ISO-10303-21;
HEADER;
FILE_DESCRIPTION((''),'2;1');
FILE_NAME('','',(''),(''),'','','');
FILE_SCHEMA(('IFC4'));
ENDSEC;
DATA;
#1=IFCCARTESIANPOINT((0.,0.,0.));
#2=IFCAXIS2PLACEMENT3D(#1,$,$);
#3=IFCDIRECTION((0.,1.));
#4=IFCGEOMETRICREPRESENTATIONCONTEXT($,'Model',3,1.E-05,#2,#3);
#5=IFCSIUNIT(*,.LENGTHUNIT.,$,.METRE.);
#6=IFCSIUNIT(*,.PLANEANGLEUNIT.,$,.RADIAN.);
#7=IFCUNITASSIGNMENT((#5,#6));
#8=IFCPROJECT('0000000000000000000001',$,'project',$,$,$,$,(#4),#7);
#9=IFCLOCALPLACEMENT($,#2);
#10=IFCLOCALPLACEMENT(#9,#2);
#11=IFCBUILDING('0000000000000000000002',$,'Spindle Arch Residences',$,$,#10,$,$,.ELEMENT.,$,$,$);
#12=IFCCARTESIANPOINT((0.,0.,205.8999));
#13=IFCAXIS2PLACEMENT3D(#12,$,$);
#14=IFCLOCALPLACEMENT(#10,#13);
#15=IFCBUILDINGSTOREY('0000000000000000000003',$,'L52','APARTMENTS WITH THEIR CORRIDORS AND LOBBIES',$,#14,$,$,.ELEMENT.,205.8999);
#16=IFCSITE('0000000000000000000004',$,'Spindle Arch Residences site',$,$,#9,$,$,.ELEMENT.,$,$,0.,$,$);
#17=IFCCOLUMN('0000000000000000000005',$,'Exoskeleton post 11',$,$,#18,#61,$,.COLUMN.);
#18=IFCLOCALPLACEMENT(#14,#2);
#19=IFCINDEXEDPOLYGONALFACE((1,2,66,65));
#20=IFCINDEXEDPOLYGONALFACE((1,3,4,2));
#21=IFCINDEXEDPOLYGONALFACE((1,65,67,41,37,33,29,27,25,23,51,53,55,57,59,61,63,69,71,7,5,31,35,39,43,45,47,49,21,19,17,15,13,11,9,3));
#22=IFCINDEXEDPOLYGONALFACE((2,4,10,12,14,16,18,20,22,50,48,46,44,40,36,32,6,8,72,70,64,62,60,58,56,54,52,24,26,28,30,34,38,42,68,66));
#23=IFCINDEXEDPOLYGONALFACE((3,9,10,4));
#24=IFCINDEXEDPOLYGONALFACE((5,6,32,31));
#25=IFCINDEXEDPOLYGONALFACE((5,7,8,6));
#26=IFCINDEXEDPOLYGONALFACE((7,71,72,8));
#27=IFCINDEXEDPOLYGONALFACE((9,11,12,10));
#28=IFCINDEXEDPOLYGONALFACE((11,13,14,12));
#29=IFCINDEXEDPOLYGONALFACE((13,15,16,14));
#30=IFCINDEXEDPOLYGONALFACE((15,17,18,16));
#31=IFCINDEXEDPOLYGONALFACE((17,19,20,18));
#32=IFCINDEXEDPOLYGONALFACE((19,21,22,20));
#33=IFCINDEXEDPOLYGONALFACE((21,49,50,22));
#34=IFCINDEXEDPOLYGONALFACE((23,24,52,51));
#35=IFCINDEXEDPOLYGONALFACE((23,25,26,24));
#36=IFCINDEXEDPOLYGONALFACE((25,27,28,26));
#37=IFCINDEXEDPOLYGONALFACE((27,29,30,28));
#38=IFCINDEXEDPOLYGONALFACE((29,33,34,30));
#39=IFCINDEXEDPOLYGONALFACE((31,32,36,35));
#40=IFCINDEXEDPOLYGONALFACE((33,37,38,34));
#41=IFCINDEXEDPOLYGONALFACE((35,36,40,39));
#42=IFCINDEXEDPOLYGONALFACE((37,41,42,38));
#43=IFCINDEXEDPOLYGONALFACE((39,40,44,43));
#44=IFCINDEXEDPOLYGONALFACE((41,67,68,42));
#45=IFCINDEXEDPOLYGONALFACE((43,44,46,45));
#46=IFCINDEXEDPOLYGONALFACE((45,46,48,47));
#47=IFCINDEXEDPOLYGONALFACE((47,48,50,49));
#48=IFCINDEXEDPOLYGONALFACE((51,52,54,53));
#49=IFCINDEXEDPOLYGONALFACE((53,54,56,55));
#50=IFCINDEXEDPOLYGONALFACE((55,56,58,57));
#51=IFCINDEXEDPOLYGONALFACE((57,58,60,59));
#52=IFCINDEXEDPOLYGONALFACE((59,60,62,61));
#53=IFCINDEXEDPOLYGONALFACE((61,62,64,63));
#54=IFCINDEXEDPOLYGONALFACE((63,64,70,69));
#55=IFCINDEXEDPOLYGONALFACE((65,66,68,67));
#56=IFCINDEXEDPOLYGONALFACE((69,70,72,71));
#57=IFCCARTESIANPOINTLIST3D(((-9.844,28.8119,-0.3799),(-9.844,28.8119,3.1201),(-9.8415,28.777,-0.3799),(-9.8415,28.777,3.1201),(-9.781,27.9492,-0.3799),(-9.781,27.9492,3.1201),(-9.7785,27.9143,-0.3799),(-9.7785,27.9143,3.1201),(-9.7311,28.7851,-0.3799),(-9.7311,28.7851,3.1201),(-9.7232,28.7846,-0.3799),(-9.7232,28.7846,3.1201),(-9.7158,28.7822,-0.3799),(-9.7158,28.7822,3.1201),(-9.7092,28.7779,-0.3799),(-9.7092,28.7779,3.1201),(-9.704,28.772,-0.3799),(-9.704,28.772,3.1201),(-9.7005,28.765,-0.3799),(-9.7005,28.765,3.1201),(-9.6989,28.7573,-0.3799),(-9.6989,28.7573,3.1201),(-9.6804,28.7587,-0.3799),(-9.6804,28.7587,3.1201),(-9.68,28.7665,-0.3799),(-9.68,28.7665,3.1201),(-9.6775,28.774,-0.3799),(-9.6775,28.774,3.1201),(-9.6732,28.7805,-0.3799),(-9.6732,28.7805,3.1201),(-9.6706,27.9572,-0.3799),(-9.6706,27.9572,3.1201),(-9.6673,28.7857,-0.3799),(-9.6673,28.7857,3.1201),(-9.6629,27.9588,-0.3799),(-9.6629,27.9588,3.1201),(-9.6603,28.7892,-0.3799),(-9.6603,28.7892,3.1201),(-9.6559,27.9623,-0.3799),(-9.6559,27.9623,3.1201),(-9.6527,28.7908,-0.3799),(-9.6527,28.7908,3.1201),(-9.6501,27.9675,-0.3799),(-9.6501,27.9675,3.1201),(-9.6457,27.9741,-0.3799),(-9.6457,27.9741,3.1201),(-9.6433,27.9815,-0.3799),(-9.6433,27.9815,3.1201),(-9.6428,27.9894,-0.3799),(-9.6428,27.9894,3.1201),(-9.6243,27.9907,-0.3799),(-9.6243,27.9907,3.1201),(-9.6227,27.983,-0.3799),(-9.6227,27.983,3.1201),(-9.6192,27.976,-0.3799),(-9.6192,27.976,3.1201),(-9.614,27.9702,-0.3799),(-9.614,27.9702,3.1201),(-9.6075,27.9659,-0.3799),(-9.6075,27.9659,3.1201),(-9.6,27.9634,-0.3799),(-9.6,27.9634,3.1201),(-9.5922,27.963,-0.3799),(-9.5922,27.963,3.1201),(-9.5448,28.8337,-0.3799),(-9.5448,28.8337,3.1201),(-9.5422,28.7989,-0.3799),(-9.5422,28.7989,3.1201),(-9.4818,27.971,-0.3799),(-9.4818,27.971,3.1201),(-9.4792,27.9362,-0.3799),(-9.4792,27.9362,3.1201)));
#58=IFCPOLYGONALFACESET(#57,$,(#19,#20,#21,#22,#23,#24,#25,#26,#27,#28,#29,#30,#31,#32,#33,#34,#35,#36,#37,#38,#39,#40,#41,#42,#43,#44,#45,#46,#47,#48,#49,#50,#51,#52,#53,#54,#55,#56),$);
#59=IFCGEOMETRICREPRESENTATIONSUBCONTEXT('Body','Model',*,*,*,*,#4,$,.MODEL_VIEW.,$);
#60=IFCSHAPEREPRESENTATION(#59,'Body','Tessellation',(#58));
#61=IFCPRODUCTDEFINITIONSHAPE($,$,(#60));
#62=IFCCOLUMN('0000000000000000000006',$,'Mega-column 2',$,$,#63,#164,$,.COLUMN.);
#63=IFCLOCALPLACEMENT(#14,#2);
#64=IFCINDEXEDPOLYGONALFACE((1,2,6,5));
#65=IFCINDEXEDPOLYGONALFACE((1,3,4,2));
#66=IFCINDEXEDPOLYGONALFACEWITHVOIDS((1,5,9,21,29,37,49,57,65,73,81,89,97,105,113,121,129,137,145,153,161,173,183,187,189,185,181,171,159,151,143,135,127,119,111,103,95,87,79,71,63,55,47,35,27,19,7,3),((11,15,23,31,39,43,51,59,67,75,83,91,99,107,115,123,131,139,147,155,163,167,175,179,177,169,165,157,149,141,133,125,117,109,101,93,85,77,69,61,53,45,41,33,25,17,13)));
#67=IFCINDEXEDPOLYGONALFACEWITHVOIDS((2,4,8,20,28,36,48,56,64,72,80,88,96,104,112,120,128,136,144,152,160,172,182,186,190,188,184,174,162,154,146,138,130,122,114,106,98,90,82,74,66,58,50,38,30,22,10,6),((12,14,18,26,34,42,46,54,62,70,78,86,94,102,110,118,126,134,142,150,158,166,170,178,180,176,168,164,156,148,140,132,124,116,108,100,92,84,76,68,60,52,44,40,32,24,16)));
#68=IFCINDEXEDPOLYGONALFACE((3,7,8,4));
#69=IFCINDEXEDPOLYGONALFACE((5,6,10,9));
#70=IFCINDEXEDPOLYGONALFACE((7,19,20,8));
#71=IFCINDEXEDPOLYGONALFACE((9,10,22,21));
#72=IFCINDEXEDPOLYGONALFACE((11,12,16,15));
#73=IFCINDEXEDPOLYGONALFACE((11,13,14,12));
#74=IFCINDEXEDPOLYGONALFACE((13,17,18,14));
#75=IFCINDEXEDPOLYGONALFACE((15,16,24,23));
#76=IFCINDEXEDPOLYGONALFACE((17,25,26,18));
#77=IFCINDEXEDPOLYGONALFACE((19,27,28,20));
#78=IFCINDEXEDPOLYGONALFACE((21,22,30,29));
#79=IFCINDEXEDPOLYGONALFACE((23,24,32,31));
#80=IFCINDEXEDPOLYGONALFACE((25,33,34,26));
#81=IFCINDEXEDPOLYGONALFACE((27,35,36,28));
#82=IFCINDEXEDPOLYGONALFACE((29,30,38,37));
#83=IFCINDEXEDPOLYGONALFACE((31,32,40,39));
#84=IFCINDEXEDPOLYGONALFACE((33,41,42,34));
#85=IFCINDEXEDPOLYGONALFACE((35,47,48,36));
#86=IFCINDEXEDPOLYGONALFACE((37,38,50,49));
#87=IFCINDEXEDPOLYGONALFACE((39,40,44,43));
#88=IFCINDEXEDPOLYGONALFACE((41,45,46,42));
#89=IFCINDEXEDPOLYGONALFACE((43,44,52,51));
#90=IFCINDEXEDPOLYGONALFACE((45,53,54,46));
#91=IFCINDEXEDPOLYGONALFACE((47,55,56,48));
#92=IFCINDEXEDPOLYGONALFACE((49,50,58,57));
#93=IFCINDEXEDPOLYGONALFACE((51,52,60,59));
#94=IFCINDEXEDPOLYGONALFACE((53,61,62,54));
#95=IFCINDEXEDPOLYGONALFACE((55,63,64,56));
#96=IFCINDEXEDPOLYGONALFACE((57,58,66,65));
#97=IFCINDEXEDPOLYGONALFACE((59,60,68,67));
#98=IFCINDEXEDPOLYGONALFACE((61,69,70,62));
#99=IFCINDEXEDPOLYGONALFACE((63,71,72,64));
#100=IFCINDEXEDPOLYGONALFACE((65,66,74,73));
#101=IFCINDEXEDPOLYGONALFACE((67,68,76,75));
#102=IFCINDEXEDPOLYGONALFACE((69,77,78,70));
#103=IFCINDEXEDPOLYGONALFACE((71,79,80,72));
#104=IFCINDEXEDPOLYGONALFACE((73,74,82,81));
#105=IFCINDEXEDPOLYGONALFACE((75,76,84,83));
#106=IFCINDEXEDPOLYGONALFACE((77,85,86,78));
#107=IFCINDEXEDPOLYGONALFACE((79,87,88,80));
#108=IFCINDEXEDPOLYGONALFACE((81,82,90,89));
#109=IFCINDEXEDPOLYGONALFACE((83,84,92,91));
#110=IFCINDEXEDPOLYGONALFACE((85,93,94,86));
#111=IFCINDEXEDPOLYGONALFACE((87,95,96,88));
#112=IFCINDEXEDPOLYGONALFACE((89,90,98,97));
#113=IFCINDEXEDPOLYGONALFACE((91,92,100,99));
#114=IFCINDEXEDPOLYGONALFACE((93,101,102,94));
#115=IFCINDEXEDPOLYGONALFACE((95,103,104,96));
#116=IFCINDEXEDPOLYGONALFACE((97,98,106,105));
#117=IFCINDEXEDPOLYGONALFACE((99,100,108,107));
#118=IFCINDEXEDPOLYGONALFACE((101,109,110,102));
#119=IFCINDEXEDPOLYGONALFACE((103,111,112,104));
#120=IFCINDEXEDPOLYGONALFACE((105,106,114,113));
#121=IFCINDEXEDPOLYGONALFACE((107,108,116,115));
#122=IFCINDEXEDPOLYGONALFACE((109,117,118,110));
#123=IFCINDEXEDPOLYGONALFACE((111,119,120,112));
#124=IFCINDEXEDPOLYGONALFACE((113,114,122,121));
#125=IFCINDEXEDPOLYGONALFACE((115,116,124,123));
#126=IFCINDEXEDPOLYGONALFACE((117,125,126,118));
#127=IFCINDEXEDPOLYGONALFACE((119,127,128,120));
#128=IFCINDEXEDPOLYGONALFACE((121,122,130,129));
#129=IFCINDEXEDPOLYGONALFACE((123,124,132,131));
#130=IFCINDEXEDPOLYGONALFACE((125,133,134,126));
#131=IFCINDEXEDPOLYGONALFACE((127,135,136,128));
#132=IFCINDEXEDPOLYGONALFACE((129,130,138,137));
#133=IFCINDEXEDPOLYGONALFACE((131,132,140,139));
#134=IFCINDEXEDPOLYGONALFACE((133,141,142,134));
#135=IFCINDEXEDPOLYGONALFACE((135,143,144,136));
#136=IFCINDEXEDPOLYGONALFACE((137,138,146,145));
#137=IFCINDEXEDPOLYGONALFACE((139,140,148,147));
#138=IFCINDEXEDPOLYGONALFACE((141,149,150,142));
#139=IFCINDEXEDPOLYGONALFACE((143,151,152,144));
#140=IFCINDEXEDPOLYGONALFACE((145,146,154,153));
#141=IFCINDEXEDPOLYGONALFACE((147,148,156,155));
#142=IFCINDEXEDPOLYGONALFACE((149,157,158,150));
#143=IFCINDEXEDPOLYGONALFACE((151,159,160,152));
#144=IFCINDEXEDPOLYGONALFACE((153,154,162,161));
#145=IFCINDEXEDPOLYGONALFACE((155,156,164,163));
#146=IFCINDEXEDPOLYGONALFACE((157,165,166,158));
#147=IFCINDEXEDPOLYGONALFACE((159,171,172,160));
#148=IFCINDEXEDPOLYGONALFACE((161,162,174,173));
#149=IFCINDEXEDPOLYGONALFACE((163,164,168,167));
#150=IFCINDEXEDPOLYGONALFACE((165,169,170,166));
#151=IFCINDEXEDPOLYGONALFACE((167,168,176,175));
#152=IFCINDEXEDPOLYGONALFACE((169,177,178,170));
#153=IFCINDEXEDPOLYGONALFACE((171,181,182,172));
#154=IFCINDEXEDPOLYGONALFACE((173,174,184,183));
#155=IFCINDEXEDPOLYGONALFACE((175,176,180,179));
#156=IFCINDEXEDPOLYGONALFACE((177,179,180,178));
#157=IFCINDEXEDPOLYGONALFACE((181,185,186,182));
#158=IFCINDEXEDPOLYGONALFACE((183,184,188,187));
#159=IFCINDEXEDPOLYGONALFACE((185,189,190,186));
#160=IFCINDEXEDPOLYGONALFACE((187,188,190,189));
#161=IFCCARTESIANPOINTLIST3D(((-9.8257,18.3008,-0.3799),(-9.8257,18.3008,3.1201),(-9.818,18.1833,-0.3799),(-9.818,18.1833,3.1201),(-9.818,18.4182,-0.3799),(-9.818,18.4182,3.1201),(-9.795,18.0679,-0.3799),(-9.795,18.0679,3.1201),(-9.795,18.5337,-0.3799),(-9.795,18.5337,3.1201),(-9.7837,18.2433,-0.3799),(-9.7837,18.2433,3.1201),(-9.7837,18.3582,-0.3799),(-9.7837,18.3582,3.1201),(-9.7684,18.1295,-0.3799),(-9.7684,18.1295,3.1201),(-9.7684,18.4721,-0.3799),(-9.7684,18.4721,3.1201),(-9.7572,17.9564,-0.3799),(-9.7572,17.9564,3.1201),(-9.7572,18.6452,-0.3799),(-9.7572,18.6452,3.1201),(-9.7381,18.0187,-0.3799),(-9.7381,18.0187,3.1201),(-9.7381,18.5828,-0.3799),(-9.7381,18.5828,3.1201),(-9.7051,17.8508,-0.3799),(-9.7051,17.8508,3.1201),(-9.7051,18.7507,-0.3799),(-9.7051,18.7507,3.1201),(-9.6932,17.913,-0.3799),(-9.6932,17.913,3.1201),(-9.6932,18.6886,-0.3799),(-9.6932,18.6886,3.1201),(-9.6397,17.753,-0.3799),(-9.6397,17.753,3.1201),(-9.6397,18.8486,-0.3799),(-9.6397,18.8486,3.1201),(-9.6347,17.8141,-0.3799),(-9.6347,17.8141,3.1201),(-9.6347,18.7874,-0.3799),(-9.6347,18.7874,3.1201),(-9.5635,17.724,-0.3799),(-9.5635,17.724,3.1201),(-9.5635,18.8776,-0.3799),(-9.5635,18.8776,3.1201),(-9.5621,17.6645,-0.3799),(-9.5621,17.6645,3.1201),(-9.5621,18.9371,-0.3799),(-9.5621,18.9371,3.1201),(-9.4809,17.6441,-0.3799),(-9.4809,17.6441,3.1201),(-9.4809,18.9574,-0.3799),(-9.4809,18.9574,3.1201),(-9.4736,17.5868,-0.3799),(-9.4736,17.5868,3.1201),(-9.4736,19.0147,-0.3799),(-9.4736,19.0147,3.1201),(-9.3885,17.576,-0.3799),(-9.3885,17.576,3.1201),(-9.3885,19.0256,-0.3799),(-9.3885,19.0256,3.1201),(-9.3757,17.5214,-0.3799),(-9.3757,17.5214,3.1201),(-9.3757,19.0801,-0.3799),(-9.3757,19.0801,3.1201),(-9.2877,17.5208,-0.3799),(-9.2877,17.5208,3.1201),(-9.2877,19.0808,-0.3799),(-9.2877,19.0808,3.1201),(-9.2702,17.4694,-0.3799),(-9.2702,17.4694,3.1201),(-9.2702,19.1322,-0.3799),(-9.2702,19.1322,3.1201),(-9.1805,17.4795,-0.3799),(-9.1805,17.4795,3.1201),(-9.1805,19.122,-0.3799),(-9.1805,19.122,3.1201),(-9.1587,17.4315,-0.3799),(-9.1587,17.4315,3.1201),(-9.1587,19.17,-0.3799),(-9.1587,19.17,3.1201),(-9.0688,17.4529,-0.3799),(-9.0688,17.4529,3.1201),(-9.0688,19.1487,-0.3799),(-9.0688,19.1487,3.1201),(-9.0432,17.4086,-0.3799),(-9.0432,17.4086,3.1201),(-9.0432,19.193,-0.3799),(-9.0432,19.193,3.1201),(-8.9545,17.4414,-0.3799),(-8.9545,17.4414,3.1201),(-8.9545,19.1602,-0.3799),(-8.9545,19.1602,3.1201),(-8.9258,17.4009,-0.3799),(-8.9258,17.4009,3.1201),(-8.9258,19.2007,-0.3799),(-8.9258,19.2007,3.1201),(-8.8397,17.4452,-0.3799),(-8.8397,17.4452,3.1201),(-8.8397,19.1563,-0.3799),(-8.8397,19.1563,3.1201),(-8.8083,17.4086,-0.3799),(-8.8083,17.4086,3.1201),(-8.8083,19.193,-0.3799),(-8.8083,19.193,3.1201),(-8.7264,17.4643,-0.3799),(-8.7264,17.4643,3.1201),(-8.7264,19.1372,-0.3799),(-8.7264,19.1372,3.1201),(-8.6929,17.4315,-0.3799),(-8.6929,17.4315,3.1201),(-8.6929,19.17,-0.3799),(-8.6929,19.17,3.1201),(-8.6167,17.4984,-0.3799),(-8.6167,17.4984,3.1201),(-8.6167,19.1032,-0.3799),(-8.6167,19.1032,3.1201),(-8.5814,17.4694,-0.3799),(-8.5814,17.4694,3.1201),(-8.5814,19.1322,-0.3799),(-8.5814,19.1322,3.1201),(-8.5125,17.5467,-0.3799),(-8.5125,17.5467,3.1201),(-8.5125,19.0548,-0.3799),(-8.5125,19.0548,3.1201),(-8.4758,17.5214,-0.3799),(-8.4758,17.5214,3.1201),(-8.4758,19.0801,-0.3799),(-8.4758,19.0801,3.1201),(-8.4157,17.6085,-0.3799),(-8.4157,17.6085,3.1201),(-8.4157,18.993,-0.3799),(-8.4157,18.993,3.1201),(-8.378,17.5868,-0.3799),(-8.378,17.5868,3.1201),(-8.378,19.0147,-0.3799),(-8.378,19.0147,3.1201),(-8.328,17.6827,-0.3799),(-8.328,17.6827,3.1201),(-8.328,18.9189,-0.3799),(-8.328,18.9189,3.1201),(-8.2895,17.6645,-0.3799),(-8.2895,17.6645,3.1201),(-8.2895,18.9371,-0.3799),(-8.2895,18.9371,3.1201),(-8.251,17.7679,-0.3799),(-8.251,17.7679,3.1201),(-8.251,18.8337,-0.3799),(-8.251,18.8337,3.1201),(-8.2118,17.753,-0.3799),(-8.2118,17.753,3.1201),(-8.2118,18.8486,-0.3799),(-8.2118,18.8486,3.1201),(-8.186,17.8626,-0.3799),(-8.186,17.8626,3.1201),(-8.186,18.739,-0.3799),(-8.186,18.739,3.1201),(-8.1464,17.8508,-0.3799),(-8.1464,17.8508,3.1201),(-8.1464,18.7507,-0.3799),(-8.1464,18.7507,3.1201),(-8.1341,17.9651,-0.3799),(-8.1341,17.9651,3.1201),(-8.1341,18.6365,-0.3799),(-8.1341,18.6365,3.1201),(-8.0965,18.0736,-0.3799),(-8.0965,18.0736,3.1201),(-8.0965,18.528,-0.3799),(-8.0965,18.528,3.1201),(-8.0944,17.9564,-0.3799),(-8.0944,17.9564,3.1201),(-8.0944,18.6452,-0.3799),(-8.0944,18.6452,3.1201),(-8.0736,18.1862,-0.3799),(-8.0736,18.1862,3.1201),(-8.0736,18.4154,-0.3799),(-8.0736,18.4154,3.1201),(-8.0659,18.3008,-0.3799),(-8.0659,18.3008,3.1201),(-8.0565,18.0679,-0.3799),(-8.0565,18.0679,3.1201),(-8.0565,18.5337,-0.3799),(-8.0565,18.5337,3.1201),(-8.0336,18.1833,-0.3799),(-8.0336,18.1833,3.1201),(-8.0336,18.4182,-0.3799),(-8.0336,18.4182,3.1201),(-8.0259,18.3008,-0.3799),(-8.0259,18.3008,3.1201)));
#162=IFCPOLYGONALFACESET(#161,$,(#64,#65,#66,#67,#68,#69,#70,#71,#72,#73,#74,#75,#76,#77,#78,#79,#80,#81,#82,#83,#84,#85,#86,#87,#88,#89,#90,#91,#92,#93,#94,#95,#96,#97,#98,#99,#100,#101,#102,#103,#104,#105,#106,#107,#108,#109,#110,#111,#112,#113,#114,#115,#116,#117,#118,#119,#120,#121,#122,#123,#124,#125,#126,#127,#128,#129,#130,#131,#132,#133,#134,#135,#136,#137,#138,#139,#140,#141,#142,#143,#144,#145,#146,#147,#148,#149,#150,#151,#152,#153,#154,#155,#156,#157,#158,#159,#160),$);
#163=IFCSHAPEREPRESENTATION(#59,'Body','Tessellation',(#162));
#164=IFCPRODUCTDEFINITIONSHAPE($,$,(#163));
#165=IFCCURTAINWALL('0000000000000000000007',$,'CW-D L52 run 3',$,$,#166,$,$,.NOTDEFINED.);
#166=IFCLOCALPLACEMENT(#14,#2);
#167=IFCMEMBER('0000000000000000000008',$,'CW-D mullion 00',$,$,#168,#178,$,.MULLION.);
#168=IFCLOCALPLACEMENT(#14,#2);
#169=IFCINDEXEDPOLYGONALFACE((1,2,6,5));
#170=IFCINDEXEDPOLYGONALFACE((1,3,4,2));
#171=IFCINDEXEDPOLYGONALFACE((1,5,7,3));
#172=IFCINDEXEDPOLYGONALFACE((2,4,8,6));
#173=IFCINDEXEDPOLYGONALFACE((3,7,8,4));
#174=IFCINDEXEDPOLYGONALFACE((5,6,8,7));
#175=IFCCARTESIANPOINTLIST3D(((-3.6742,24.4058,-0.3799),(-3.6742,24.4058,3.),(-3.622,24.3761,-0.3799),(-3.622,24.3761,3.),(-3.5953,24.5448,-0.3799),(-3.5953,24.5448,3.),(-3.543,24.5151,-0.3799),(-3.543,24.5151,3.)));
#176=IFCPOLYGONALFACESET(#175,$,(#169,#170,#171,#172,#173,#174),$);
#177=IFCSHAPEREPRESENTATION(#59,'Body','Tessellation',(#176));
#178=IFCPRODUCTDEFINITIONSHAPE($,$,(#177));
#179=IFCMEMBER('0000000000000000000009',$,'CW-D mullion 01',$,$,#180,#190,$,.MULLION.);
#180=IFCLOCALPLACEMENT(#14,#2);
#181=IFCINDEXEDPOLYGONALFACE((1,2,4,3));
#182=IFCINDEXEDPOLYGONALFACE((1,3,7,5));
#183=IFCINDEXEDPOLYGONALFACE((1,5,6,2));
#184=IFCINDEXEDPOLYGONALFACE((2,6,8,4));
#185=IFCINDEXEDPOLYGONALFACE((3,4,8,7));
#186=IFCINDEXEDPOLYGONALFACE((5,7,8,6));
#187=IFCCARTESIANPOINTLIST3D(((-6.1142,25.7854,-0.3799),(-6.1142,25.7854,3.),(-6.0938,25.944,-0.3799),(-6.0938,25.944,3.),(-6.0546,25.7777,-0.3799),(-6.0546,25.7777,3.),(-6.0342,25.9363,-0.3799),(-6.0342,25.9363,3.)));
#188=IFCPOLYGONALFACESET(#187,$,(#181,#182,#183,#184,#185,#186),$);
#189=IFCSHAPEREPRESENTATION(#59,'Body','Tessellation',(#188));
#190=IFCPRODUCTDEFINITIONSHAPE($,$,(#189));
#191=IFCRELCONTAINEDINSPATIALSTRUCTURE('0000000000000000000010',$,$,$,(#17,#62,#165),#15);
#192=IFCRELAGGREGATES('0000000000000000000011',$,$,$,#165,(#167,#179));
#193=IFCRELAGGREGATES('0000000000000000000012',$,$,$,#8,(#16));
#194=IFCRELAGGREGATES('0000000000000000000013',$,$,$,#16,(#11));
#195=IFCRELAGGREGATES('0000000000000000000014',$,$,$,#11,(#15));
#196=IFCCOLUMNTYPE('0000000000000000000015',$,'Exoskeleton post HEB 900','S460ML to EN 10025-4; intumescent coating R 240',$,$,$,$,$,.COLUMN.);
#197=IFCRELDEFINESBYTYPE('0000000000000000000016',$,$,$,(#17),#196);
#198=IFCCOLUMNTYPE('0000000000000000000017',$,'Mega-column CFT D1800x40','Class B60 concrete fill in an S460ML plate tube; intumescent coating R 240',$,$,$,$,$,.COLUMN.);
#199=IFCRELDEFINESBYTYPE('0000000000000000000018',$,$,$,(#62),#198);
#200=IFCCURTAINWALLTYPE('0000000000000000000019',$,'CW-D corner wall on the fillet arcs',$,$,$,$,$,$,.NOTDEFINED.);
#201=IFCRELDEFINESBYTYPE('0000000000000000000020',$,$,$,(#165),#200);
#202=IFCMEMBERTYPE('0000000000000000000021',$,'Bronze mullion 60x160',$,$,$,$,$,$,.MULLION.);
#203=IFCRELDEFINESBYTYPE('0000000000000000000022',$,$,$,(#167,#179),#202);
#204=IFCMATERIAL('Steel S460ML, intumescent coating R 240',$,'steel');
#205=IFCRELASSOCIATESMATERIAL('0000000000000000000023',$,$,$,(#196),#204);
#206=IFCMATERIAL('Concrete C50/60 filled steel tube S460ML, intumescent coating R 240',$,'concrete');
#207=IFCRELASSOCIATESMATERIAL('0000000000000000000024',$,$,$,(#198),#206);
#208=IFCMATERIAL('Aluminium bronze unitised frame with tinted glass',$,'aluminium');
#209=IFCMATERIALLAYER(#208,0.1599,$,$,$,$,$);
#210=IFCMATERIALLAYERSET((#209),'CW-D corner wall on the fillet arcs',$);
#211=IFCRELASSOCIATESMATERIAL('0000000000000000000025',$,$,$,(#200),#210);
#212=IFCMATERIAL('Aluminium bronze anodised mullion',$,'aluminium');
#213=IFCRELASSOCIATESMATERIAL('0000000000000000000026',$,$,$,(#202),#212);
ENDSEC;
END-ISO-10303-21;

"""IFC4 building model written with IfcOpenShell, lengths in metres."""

from ifc_helpers import new_model, si_unit, direction, frame, origin, origin_2d, place, context, subcontext, project, spatial, rectangle, hollow_circle, i_section, extrude, material, layer, layer_set, material_profile, profile_set, type_object, element, aggregate, save


model = new_model("IFC4")

# Units and contexts
model_context = context("Model", 3, precision=1e-05, world=origin(), true_north=direction((0.0, 1.0)))
body_context = subcontext(model_context, "Body", "Model", "MODEL_VIEW")
ifc_project = project(units=[si_unit("LENGTHUNIT", "METRE"), si_unit("PLANEANGLEUNIT", "RADIAN")], contexts=[model_context])

# Site, building, storey
site_placement = place(None, origin())
site = spatial("IfcSite", under=ifc_project, at=site_placement, Name="Spindle Arch Residences site", CompositionType="ELEMENT", RefElevation=0.0)
building_placement = place(site_placement, origin())
building = spatial("IfcBuilding", under=site, at=building_placement, Name="Spindle Arch Residences", CompositionType="ELEMENT")
storey_placement = place(building_placement, frame((0.0, 0.0, 205.8999)))
storey = spatial("IfcBuildingStorey", under=building, at=storey_placement, Name="L52", Description="APARTMENTS WITH THEIR CORRIDORS AND LOBBIES", CompositionType="ELEMENT", Elevation=205.8999)

# Columns
ifc_material_1 = material(Name="Steel S460ML, intumescent coating R 240", Category="steel")
ifc_material_profile_1 = material_profile(ifc_material_1, i_section(OverallWidth=0.3, OverallDepth=0.8999, WebThickness=0.0186, FlangeThickness=0.0349, FilletRadius=0.03, at=origin_2d()), Name="HEB 900")
ifc_profile_set_1 = profile_set([ifc_material_profile_1], Name="Steel S460ML, intumescent coating R 240")
column_type_1 = type_object("IfcColumnType", Name="Exoskeleton post HEB 900", Description="S460ML to EN 10025-4; intumescent coating R 240", PredefinedType="COLUMN", material=ifc_profile_set_1)
column_1_placement = place(storey_placement, frame((-9.6616, 28.374, -0.3799), z_axis=(0.0, 0.0, 1.0), x_axis=(0.997343, 0.072844, 0.0)))
element("IfcColumn", 1, at=column_1_placement, inside=storey, type_object=column_type_1, Name="Exoskeleton post 11", PredefinedType="COLUMN", context=body_context, shape_type="SweptSolid", body=[
    extrude(i_section(OverallWidth=0.3, OverallDepth=0.8999, WebThickness=0.0186, FlangeThickness=0.0349, FilletRadius=0.03, at=origin_2d()), origin(), (0.0, 0.0, 1.0), 3.5),
])
ifc_material_2 = material(Name="Concrete C50/60 filled steel tube S460ML, intumescent coating R 240", Category="concrete")
ifc_material_profile_2 = material_profile(ifc_material_2, hollow_circle(Radius=0.8999, WallThickness=0.04, at=origin_2d()), Name="CFT D1800x40")
ifc_profile_set_2 = profile_set([ifc_material_profile_2], Name="Concrete C50/60 filled steel tube S460ML, intumescent coating R 240")
column_type_2 = type_object("IfcColumnType", Name="Mega-column CFT D1800x40", Description="Class B60 concrete fill in an S460ML plate tube; intumescent coating R 240", PredefinedType="COLUMN", material=ifc_profile_set_2)
column_2_placement = place(storey_placement, frame((-8.9258, 18.3008, -0.3799), z_axis=(0.0, 0.0, 1.0), x_axis=(1.0, 0.0, 0.0)))
element("IfcColumn", 2, at=column_2_placement, inside=storey, type_object=column_type_2, Name="Mega-column 2", PredefinedType="COLUMN", context=body_context, shape_type="SweptSolid", body=[
    extrude(hollow_circle(Radius=0.8999, WallThickness=0.04, at=origin_2d()), origin(), (0.0, 0.0, 1.0), 3.5),
])

# Curtain wall, members
ifc_material_3 = material(Name="Aluminium bronze unitised frame with tinted glass", Category="aluminium")
ifc_layer_1 = layer(ifc_material_3, 0.1599)
ifc_layer_set_1 = layer_set([ifc_layer_1], Name="CW-D corner wall on the fillet arcs")
curtain_wall_type = type_object("IfcCurtainWallType", Name="CW-D corner wall on the fillet arcs", PredefinedType="NOTDEFINED", material=ifc_layer_set_1)
curtain_wall_placement = place(storey_placement, origin())
curtain_wall = element("IfcCurtainWall", 3, at=curtain_wall_placement, inside=storey, type_object=curtain_wall_type, Name="CW-D L52 run 3", PredefinedType="NOTDEFINED")
ifc_material_4 = material(Name="Aluminium bronze anodised mullion", Category="aluminium")
ifc_material_profile_3 = material_profile(ifc_material_4, rectangle(XDim=0.1599, YDim=0.0601, at=origin_2d()), Name="MU 60x160")
ifc_profile_set_3 = profile_set([ifc_material_profile_3], Name="Aluminium bronze anodised mullion")
member_type_1 = type_object("IfcMemberType", Name="Bronze mullion 60x160", PredefinedType="MULLION", material=ifc_profile_set_3)
member_1_placement = place(storey_placement, frame((-3.6086, 24.4604, -0.3799), z_axis=(0.0, 0.0, 1.0), x_axis=(-0.493865, -0.869539, 0.0)))
member_1 = element("IfcMember", 4, at=member_1_placement, type_object=member_type_1, Name="CW-D mullion 00", PredefinedType="MULLION", context=body_context, shape_type="SweptSolid", body=[
    extrude(rectangle(XDim=0.1599, YDim=0.0601, at=origin_2d()), origin(), (0.0, 0.0, 1.0), 3.3799),
])
member_2_placement = place(storey_placement, frame((-6.0742, 25.8608, -0.3799), z_axis=(0.0, 0.0, 1.0), x_axis=(-0.127642, -0.99182, 0.0)))
member_2 = element("IfcMember", 5, at=member_2_placement, type_object=member_type_1, Name="CW-D mullion 01", PredefinedType="MULLION", context=body_context, shape_type="SweptSolid", body=[
    extrude(rectangle(XDim=0.1599, YDim=0.0601, at=origin_2d()), origin(), (0.0, 0.0, 1.0), 3.3799),
])

aggregate(curtain_wall, [member_1, member_2])

save(model, "model.ifc")
